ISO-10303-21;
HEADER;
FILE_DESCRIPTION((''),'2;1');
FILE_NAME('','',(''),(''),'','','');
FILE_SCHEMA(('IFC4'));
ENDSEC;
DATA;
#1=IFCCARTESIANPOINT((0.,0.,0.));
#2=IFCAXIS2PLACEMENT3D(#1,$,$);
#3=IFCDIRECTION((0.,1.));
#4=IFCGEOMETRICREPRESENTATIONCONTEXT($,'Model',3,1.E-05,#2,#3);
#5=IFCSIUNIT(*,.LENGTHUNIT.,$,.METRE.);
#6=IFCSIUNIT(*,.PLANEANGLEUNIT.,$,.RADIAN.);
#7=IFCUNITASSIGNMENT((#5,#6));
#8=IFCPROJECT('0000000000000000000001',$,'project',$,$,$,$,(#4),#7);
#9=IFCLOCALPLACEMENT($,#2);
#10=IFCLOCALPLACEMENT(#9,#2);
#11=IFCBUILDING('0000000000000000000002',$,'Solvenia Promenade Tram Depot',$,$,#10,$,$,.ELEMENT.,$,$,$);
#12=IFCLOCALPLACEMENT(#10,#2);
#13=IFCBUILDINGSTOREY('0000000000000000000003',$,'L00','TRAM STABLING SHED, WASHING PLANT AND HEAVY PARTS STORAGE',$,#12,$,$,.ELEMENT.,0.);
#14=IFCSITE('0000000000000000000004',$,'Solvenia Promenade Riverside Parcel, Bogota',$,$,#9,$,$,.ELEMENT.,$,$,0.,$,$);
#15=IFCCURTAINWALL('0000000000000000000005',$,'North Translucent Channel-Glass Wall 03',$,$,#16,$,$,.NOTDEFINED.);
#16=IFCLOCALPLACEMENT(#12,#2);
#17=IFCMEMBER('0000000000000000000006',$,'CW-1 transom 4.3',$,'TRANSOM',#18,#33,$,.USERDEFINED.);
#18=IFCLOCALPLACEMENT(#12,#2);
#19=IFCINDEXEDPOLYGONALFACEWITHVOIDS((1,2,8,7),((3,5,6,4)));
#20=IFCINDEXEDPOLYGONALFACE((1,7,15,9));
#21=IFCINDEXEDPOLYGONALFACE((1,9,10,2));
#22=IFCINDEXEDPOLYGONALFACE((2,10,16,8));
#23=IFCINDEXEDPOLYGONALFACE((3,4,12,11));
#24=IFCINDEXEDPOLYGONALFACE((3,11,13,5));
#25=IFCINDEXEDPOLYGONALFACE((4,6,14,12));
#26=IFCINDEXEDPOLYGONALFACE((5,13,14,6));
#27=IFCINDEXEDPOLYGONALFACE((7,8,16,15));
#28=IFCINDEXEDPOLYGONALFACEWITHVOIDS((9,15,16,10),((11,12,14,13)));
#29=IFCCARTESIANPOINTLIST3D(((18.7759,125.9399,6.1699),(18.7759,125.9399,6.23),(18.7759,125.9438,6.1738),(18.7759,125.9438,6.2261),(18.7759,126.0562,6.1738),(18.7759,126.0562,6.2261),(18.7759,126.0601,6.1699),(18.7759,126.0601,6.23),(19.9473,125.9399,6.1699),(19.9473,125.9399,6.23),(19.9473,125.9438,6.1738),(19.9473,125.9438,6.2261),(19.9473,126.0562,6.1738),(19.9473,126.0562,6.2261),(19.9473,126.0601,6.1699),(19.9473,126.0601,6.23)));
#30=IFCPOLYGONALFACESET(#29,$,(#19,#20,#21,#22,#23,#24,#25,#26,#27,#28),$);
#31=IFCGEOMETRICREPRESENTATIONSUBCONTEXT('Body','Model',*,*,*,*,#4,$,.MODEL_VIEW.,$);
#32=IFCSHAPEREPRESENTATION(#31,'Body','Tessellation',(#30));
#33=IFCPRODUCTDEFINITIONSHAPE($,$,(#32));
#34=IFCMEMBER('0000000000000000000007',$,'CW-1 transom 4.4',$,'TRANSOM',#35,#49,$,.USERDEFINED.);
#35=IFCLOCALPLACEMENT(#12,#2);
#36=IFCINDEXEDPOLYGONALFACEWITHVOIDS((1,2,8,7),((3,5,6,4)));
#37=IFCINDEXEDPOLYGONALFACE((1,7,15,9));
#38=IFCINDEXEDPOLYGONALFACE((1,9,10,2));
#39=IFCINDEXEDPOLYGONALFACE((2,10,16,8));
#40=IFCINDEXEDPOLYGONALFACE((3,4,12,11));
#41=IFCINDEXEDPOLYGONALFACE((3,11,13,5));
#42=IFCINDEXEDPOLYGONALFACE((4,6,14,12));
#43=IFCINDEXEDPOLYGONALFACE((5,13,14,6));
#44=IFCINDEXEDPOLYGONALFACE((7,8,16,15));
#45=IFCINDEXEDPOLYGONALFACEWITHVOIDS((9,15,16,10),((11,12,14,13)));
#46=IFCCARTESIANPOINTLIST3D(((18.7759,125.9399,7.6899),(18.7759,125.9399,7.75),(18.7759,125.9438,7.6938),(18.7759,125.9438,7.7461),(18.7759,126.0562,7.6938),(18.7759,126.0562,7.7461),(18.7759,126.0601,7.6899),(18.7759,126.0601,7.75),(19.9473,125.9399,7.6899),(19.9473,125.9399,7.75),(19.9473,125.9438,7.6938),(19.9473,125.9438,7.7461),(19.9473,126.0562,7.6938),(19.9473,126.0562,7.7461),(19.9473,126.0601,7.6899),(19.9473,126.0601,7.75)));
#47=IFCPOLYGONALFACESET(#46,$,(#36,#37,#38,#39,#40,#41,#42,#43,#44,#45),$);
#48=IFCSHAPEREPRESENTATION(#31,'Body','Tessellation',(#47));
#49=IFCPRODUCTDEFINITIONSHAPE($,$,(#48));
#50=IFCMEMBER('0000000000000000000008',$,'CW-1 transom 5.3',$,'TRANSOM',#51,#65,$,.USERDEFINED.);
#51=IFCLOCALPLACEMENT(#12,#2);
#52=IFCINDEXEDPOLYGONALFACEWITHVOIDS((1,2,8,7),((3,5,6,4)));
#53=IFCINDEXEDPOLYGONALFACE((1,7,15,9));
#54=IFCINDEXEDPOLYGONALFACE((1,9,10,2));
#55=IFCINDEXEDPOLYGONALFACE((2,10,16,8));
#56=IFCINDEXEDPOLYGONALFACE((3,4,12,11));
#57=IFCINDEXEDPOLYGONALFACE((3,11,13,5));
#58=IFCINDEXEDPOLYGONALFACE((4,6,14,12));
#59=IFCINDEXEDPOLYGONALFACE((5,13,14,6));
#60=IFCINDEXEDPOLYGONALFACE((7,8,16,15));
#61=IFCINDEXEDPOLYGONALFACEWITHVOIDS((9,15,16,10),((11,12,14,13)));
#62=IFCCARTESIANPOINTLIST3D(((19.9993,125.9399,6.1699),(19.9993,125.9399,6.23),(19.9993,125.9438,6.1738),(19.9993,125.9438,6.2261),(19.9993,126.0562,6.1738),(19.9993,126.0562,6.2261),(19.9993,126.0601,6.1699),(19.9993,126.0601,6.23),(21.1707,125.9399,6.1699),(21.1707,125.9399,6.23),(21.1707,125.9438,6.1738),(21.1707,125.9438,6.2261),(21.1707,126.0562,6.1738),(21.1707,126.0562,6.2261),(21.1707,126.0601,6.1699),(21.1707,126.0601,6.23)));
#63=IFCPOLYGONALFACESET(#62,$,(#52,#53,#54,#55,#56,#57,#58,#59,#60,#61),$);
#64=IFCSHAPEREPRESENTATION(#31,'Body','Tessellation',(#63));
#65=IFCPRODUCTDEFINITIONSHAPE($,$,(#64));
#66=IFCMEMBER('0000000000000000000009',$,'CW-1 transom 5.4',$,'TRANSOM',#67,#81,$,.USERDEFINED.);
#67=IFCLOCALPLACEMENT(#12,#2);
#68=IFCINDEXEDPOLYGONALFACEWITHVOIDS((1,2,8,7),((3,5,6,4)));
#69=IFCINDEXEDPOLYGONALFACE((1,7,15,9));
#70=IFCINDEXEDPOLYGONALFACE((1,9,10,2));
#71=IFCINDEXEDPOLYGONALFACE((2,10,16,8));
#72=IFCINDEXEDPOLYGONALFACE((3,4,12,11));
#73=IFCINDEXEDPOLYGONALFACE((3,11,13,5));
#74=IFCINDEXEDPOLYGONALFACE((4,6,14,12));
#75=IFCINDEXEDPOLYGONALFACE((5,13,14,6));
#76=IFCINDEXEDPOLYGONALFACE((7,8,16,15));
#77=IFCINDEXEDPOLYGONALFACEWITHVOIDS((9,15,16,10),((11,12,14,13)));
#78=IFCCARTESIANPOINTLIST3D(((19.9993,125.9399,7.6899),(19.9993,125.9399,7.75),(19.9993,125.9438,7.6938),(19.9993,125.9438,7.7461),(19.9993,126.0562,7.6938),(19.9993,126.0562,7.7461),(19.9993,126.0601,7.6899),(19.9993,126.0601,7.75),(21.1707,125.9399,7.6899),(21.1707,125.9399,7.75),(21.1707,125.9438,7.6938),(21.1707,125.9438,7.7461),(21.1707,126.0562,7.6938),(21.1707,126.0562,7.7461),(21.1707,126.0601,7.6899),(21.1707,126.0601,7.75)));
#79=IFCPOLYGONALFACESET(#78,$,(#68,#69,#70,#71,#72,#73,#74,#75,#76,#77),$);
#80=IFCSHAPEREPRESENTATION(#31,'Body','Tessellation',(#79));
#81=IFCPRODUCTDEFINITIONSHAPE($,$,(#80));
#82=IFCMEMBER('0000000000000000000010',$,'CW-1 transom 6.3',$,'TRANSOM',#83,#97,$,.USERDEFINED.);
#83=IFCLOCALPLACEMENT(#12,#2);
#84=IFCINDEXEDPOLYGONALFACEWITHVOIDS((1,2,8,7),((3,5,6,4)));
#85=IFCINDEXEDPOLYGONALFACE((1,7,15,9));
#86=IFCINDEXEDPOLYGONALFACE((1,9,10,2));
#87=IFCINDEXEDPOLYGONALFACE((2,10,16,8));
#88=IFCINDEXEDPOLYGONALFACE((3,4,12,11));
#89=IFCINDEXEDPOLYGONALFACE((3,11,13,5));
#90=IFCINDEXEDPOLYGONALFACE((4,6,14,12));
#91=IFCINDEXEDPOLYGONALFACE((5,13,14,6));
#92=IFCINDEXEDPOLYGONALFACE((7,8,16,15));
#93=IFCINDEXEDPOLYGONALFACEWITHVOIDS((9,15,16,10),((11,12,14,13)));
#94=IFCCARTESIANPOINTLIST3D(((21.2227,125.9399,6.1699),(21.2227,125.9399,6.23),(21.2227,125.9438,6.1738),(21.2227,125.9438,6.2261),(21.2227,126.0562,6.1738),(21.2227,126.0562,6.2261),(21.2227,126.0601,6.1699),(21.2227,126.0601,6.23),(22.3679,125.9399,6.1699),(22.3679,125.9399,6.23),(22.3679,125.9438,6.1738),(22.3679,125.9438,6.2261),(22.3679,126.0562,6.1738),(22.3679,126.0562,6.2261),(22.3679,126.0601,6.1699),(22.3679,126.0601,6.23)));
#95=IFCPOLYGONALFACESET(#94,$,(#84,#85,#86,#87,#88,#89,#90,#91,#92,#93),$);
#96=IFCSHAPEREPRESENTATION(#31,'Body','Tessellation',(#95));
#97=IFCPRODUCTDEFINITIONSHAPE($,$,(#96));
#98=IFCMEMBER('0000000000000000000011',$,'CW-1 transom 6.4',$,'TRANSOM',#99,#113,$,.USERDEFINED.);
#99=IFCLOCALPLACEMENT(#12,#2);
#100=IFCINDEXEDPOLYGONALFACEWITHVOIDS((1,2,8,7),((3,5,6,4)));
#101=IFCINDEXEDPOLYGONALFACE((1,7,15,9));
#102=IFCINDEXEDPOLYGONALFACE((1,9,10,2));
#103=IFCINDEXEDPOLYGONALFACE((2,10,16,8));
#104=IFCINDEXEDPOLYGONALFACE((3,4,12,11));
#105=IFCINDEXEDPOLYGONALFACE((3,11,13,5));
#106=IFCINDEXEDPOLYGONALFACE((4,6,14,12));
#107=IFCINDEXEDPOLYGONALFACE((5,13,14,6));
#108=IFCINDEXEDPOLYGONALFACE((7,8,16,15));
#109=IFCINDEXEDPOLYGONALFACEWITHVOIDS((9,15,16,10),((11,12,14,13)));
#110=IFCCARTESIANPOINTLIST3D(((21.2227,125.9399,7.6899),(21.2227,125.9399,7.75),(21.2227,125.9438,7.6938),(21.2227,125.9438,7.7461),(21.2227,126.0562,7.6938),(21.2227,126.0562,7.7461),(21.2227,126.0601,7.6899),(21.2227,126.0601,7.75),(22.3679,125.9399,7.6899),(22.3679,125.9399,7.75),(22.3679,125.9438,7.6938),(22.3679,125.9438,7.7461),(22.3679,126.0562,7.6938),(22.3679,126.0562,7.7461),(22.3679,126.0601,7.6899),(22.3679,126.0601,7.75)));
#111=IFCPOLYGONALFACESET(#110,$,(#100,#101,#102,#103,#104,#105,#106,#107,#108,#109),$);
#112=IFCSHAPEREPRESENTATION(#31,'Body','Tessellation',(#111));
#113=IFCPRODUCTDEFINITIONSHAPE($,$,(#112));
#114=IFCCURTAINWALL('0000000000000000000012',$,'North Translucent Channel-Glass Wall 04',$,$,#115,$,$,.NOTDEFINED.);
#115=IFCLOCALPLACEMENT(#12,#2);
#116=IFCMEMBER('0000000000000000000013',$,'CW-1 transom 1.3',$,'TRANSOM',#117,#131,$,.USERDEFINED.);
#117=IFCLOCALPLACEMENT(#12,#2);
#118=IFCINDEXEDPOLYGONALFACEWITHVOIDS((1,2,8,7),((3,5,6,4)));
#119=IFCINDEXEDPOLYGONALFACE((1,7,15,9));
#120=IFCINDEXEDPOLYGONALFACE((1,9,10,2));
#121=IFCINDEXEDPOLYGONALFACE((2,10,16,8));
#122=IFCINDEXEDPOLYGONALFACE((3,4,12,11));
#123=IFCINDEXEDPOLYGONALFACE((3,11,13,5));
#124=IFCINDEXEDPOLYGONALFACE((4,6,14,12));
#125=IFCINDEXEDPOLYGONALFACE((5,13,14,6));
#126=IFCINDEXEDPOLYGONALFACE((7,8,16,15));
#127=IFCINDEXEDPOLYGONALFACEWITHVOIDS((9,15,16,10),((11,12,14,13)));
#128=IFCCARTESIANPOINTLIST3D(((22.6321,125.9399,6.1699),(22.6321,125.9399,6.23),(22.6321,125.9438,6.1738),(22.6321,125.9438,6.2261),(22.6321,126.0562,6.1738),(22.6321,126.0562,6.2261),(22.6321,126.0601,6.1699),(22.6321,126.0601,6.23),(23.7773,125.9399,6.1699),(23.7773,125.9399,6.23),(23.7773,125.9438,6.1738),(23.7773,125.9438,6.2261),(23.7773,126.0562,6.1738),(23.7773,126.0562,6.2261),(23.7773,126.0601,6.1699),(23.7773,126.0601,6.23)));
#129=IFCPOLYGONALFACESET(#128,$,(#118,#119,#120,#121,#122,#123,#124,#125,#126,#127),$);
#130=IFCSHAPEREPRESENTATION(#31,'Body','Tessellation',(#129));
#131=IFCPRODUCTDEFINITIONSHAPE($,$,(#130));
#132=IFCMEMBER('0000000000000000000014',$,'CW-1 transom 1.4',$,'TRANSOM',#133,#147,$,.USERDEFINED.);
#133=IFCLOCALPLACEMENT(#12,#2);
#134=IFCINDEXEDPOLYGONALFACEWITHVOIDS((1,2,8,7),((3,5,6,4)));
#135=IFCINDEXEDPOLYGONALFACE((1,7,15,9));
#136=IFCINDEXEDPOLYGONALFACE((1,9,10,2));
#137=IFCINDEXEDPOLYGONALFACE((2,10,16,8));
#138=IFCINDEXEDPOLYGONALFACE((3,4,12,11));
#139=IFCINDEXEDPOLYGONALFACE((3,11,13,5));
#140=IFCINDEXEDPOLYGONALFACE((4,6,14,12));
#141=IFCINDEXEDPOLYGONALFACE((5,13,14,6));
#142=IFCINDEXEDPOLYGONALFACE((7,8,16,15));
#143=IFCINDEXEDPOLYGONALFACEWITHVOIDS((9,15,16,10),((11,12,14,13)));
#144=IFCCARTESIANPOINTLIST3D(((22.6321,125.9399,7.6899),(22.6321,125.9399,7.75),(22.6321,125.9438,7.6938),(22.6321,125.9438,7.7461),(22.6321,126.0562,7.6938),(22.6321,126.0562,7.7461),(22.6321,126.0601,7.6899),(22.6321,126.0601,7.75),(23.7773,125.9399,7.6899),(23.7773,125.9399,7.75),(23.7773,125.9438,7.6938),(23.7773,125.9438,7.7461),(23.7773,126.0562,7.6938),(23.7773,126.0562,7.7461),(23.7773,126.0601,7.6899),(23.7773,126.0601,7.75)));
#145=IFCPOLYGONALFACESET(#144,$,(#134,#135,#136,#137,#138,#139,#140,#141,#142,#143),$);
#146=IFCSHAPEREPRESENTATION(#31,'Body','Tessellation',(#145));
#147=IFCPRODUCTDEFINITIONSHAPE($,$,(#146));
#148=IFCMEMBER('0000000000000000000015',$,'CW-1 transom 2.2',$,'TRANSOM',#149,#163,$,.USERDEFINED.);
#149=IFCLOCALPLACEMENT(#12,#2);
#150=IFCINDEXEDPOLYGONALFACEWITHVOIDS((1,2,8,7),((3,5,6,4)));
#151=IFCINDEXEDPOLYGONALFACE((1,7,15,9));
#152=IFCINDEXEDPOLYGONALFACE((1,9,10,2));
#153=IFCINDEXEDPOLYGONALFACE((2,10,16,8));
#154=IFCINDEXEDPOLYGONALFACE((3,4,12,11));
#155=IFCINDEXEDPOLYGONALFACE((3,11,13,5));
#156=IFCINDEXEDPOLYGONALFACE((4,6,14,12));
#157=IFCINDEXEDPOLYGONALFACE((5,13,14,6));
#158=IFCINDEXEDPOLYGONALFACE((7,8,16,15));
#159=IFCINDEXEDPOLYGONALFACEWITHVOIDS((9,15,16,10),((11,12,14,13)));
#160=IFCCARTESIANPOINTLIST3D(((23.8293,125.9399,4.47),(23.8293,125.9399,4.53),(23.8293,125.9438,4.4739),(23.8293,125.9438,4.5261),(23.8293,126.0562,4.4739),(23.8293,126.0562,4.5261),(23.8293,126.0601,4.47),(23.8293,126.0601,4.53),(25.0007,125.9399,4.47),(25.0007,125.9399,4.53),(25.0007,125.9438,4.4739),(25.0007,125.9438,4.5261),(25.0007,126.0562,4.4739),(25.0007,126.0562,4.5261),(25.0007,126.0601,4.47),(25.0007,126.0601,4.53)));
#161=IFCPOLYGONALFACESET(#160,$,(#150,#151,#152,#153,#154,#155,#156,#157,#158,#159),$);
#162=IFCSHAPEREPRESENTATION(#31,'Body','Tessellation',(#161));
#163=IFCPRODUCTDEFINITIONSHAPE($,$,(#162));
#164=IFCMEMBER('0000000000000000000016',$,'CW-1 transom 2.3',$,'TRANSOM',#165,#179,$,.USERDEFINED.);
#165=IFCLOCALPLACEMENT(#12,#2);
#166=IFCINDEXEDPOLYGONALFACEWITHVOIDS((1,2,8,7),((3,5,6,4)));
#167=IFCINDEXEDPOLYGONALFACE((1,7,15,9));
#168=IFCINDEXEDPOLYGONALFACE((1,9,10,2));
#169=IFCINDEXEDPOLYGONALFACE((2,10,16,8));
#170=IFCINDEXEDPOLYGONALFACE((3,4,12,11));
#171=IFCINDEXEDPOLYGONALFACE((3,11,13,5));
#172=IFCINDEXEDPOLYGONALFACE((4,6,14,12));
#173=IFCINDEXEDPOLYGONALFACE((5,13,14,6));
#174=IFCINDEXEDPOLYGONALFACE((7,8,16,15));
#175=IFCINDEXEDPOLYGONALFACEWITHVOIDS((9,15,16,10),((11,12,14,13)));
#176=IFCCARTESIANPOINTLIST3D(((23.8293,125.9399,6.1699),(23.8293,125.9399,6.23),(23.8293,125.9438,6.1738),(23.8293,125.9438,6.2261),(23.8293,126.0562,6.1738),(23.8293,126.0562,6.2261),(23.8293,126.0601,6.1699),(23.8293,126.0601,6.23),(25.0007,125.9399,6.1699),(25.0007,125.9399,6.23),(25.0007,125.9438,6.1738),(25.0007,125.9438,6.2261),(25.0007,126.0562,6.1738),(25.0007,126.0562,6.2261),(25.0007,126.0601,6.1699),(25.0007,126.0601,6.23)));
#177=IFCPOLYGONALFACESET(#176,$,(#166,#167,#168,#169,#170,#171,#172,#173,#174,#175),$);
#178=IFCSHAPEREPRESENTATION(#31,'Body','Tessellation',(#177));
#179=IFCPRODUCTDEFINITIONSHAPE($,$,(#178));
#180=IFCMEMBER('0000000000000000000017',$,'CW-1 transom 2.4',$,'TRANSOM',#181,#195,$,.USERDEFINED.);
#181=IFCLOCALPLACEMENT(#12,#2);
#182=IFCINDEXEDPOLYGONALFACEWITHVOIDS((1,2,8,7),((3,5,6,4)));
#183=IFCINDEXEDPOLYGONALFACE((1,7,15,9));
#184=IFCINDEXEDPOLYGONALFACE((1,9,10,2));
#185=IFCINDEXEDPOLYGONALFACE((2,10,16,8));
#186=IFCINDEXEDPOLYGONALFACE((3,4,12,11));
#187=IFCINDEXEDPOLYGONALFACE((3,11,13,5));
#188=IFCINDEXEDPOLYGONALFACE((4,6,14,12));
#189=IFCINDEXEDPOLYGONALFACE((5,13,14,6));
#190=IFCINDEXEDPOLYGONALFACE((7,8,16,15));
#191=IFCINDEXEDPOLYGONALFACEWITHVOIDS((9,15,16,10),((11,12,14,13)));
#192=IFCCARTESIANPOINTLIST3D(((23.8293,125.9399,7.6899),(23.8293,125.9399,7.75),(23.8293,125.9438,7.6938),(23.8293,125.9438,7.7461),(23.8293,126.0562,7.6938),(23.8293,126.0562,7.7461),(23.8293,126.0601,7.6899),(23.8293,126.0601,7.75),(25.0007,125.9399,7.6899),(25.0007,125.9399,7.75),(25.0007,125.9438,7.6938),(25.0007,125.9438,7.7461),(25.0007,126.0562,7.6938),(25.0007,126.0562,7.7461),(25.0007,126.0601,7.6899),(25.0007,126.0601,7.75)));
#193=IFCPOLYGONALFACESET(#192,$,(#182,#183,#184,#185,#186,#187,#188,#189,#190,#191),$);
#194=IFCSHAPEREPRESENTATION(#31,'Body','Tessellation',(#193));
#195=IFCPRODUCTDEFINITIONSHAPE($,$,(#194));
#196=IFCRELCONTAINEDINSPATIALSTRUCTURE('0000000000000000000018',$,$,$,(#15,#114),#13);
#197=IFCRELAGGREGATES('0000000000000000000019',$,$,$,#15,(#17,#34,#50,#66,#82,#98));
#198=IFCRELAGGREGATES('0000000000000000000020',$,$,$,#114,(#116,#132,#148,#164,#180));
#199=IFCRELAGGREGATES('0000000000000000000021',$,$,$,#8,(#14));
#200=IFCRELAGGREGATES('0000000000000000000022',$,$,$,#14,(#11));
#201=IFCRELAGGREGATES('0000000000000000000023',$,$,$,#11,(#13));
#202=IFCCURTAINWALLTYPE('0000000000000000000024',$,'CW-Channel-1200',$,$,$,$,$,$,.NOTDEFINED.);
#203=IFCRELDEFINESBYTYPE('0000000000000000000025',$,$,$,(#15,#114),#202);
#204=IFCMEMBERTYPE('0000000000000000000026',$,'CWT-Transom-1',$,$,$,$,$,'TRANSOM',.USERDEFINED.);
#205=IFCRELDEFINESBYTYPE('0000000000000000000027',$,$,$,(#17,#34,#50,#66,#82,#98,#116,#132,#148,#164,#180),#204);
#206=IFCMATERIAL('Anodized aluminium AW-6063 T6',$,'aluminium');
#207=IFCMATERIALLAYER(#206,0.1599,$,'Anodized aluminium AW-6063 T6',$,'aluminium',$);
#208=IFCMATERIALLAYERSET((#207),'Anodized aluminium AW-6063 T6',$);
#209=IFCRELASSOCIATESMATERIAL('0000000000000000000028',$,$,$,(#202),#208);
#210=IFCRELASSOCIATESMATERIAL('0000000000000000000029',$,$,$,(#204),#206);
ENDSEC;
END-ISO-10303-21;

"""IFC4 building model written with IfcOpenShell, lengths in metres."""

from ifc_helpers import new_model, si_unit, direction, frame, origin, origin_2d, place, context, subcontext, project, spatial, hollow_rectangle, extrude, material, layer, layer_set, material_profile, profile_set, type_object, element, aggregate, save


model = new_model("IFC4")

# Units and contexts
model_context = context("Model", 3, precision=1e-05, world=origin(), true_north=direction((0.0, 1.0)))
body_context = subcontext(model_context, "Body", "Model", "MODEL_VIEW")
ifc_project = project(units=[si_unit("LENGTHUNIT", "METRE"), si_unit("PLANEANGLEUNIT", "RADIAN")], contexts=[model_context])

# Site, building, storey
site_placement = place(None, origin())
site = spatial("IfcSite", under=ifc_project, at=site_placement, Name="Solvenia Promenade Riverside Parcel, Bogota", CompositionType="ELEMENT", RefElevation=0.0)
building_placement = place(site_placement, origin())
building = spatial("IfcBuilding", under=site, at=building_placement, Name="Solvenia Promenade Tram Depot", CompositionType="ELEMENT")
storey_placement = place(building_placement, origin())
storey = spatial("IfcBuildingStorey", under=building, at=storey_placement, Name="L00", Description="TRAM STABLING SHED, WASHING PLANT AND HEAVY PARTS STORAGE", CompositionType="ELEMENT", Elevation=0.0)

# Curtain walls, members
ifc_material_1 = material(Name="Anodized aluminium AW-6063 T6", Category="aluminium")
ifc_layer_1 = layer(ifc_material_1, 0.1599, Name="Anodized aluminium AW-6063 T6", Category="aluminium")
ifc_layer_set_1 = layer_set([ifc_layer_1], Name="Anodized aluminium AW-6063 T6")
curtain_wall_type = type_object("IfcCurtainWallType", Name="CW-Channel-1200", PredefinedType="NOTDEFINED", material=ifc_layer_set_1)
curtain_wall_1_placement = place(storey_placement, origin())
curtain_wall_1 = element("IfcCurtainWall", 1, at=curtain_wall_1_placement, inside=storey, type_object=curtain_wall_type, Name="North Translucent Channel-Glass Wall 03", PredefinedType="NOTDEFINED")
ifc_material_profile = material_profile(ifc_material_1, hollow_rectangle(XDim=0.1201, YDim=0.0601, WallThickness=0.0039, at=origin_2d()), Name="ALU-T1", Category="aluminium")
ifc_profile_set = profile_set([ifc_material_profile], Name="Anodized aluminium AW-6063 T6")
member_type = type_object("IfcMemberType", Name="CWT-Transom-1", ElementType="TRANSOM", PredefinedType="USERDEFINED", material=ifc_profile_set)
member_1_placement = place(storey_placement, frame((18.7759, 126.0, 6.2), z_axis=(1.0, 0.0, 0.0), x_axis=(0.0, 1.0, 0.0)))
member_1 = element("IfcMember", 2, at=member_1_placement, type_object=member_type, Name="CW-1 transom 4.3", ObjectType="TRANSOM", PredefinedType="USERDEFINED", context=body_context, shape_type="SweptSolid", body=[
    extrude(hollow_rectangle(XDim=0.1201, YDim=0.0601, WallThickness=0.0039, at=origin_2d()), origin(), (0.0, 0.0, 1.0), 1.1714),
])
member_2_placement = place(storey_placement, frame((18.7759, 126.0, 7.72), z_axis=(1.0, 0.0, 0.0), x_axis=(0.0, 1.0, 0.0)))
member_2 = element("IfcMember", 3, at=member_2_placement, type_object=member_type, Name="CW-1 transom 4.4", ObjectType="TRANSOM", PredefinedType="USERDEFINED", context=body_context, shape_type="SweptSolid", body=[
    extrude(hollow_rectangle(XDim=0.1201, YDim=0.0601, WallThickness=0.0039, at=origin_2d()), origin(), (0.0, 0.0, 1.0), 1.1714),
])
member_3_placement = place(storey_placement, frame((19.9993, 126.0, 6.2), z_axis=(1.0, 0.0, 0.0), x_axis=(0.0, 1.0, 0.0)))
member_3 = element("IfcMember", 4, at=member_3_placement, type_object=member_type, Name="CW-1 transom 5.3", ObjectType="TRANSOM", PredefinedType="USERDEFINED", context=body_context, shape_type="SweptSolid", body=[
    extrude(hollow_rectangle(XDim=0.1201, YDim=0.0601, WallThickness=0.0039, at=origin_2d()), origin(), (0.0, 0.0, 1.0), 1.1714),
])
member_4_placement = place(storey_placement, frame((19.9993, 126.0, 7.72), z_axis=(1.0, 0.0, 0.0), x_axis=(0.0, 1.0, 0.0)))
member_4 = element("IfcMember", 5, at=member_4_placement, type_object=member_type, Name="CW-1 transom 5.4", ObjectType="TRANSOM", PredefinedType="USERDEFINED", context=body_context, shape_type="SweptSolid", body=[
    extrude(hollow_rectangle(XDim=0.1201, YDim=0.0601, WallThickness=0.0039, at=origin_2d()), origin(), (0.0, 0.0, 1.0), 1.1714),
])
member_5_placement = place(storey_placement, frame((21.2227, 126.0, 6.2), z_axis=(1.0, 0.0, 0.0), x_axis=(0.0, 1.0, 0.0)))
member_5 = element("IfcMember", 6, at=member_5_placement, type_object=member_type, Name="CW-1 transom 6.3", ObjectType="TRANSOM", PredefinedType="USERDEFINED", context=body_context, shape_type="SweptSolid", body=[
    extrude(hollow_rectangle(XDim=0.1201, YDim=0.0601, WallThickness=0.0039, at=origin_2d()), origin(), (0.0, 0.0, 1.0), 1.1453),
])
member_6_placement = place(storey_placement, frame((21.2227, 126.0, 7.72), z_axis=(1.0, 0.0, 0.0), x_axis=(0.0, 1.0, 0.0)))
member_6 = element("IfcMember", 7, at=member_6_placement, type_object=member_type, Name="CW-1 transom 6.4", ObjectType="TRANSOM", PredefinedType="USERDEFINED", context=body_context, shape_type="SweptSolid", body=[
    extrude(hollow_rectangle(XDim=0.1201, YDim=0.0601, WallThickness=0.0039, at=origin_2d()), origin(), (0.0, 0.0, 1.0), 1.1453),
])
curtain_wall_2_placement = place(storey_placement, origin())
curtain_wall_2 = element("IfcCurtainWall", 8, at=curtain_wall_2_placement, inside=storey, type_object=curtain_wall_type, Name="North Translucent Channel-Glass Wall 04", PredefinedType="NOTDEFINED")
member_7_placement = place(storey_placement, frame((22.6321, 126.0, 6.2), z_axis=(1.0, 0.0, 0.0), x_axis=(0.0, 1.0, 0.0)))
member_7 = element("IfcMember", 9, at=member_7_placement, type_object=member_type, Name="CW-1 transom 1.3", ObjectType="TRANSOM", PredefinedType="USERDEFINED", context=body_context, shape_type="SweptSolid", body=[
    extrude(hollow_rectangle(XDim=0.1201, YDim=0.0601, WallThickness=0.0039, at=origin_2d()), origin(), (0.0, 0.0, 1.0), 1.1453),
])
member_8_placement = place(storey_placement, frame((22.6321, 126.0, 7.72), z_axis=(1.0, 0.0, 0.0), x_axis=(0.0, 1.0, 0.0)))
member_8 = element("IfcMember", 10, at=member_8_placement, type_object=member_type, Name="CW-1 transom 1.4", ObjectType="TRANSOM", PredefinedType="USERDEFINED", context=body_context, shape_type="SweptSolid", body=[
    extrude(hollow_rectangle(XDim=0.1201, YDim=0.0601, WallThickness=0.0039, at=origin_2d()), origin(), (0.0, 0.0, 1.0), 1.1453),
])
member_9_placement = place(storey_placement, frame((23.8293, 126.0, 4.5), z_axis=(1.0, 0.0, 0.0), x_axis=(0.0, 1.0, 0.0)))
member_9 = element("IfcMember", 11, at=member_9_placement, type_object=member_type, Name="CW-1 transom 2.2", ObjectType="TRANSOM", PredefinedType="USERDEFINED", context=body_context, shape_type="SweptSolid", body=[
    extrude(hollow_rectangle(XDim=0.1201, YDim=0.0601, WallThickness=0.0039, at=origin_2d()), origin(), (0.0, 0.0, 1.0), 1.1714),
])
member_10_placement = place(storey_placement, frame((23.8293, 126.0, 6.2), z_axis=(1.0, 0.0, 0.0), x_axis=(0.0, 1.0, 0.0)))
member_10 = element("IfcMember", 12, at=member_10_placement, type_object=member_type, Name="CW-1 transom 2.3", ObjectType="TRANSOM", PredefinedType="USERDEFINED", context=body_context, shape_type="SweptSolid", body=[
    extrude(hollow_rectangle(XDim=0.1201, YDim=0.0601, WallThickness=0.0039, at=origin_2d()), origin(), (0.0, 0.0, 1.0), 1.1714),
])
member_11_placement = place(storey_placement, frame((23.8293, 126.0, 7.72), z_axis=(1.0, 0.0, 0.0), x_axis=(0.0, 1.0, 0.0)))
member_11 = element("IfcMember", 13, at=member_11_placement, type_object=member_type, Name="CW-1 transom 2.4", ObjectType="TRANSOM", PredefinedType="USERDEFINED", context=body_context, shape_type="SweptSolid", body=[
    extrude(hollow_rectangle(XDim=0.1201, YDim=0.0601, WallThickness=0.0039, at=origin_2d()), origin(), (0.0, 0.0, 1.0), 1.1714),
])

aggregate(curtain_wall_1, [member_1, member_2, member_3, member_4, member_5, member_6])
aggregate(curtain_wall_2, [member_7, member_8, member_9, member_10, member_11])

save(model, "model.ifc")
